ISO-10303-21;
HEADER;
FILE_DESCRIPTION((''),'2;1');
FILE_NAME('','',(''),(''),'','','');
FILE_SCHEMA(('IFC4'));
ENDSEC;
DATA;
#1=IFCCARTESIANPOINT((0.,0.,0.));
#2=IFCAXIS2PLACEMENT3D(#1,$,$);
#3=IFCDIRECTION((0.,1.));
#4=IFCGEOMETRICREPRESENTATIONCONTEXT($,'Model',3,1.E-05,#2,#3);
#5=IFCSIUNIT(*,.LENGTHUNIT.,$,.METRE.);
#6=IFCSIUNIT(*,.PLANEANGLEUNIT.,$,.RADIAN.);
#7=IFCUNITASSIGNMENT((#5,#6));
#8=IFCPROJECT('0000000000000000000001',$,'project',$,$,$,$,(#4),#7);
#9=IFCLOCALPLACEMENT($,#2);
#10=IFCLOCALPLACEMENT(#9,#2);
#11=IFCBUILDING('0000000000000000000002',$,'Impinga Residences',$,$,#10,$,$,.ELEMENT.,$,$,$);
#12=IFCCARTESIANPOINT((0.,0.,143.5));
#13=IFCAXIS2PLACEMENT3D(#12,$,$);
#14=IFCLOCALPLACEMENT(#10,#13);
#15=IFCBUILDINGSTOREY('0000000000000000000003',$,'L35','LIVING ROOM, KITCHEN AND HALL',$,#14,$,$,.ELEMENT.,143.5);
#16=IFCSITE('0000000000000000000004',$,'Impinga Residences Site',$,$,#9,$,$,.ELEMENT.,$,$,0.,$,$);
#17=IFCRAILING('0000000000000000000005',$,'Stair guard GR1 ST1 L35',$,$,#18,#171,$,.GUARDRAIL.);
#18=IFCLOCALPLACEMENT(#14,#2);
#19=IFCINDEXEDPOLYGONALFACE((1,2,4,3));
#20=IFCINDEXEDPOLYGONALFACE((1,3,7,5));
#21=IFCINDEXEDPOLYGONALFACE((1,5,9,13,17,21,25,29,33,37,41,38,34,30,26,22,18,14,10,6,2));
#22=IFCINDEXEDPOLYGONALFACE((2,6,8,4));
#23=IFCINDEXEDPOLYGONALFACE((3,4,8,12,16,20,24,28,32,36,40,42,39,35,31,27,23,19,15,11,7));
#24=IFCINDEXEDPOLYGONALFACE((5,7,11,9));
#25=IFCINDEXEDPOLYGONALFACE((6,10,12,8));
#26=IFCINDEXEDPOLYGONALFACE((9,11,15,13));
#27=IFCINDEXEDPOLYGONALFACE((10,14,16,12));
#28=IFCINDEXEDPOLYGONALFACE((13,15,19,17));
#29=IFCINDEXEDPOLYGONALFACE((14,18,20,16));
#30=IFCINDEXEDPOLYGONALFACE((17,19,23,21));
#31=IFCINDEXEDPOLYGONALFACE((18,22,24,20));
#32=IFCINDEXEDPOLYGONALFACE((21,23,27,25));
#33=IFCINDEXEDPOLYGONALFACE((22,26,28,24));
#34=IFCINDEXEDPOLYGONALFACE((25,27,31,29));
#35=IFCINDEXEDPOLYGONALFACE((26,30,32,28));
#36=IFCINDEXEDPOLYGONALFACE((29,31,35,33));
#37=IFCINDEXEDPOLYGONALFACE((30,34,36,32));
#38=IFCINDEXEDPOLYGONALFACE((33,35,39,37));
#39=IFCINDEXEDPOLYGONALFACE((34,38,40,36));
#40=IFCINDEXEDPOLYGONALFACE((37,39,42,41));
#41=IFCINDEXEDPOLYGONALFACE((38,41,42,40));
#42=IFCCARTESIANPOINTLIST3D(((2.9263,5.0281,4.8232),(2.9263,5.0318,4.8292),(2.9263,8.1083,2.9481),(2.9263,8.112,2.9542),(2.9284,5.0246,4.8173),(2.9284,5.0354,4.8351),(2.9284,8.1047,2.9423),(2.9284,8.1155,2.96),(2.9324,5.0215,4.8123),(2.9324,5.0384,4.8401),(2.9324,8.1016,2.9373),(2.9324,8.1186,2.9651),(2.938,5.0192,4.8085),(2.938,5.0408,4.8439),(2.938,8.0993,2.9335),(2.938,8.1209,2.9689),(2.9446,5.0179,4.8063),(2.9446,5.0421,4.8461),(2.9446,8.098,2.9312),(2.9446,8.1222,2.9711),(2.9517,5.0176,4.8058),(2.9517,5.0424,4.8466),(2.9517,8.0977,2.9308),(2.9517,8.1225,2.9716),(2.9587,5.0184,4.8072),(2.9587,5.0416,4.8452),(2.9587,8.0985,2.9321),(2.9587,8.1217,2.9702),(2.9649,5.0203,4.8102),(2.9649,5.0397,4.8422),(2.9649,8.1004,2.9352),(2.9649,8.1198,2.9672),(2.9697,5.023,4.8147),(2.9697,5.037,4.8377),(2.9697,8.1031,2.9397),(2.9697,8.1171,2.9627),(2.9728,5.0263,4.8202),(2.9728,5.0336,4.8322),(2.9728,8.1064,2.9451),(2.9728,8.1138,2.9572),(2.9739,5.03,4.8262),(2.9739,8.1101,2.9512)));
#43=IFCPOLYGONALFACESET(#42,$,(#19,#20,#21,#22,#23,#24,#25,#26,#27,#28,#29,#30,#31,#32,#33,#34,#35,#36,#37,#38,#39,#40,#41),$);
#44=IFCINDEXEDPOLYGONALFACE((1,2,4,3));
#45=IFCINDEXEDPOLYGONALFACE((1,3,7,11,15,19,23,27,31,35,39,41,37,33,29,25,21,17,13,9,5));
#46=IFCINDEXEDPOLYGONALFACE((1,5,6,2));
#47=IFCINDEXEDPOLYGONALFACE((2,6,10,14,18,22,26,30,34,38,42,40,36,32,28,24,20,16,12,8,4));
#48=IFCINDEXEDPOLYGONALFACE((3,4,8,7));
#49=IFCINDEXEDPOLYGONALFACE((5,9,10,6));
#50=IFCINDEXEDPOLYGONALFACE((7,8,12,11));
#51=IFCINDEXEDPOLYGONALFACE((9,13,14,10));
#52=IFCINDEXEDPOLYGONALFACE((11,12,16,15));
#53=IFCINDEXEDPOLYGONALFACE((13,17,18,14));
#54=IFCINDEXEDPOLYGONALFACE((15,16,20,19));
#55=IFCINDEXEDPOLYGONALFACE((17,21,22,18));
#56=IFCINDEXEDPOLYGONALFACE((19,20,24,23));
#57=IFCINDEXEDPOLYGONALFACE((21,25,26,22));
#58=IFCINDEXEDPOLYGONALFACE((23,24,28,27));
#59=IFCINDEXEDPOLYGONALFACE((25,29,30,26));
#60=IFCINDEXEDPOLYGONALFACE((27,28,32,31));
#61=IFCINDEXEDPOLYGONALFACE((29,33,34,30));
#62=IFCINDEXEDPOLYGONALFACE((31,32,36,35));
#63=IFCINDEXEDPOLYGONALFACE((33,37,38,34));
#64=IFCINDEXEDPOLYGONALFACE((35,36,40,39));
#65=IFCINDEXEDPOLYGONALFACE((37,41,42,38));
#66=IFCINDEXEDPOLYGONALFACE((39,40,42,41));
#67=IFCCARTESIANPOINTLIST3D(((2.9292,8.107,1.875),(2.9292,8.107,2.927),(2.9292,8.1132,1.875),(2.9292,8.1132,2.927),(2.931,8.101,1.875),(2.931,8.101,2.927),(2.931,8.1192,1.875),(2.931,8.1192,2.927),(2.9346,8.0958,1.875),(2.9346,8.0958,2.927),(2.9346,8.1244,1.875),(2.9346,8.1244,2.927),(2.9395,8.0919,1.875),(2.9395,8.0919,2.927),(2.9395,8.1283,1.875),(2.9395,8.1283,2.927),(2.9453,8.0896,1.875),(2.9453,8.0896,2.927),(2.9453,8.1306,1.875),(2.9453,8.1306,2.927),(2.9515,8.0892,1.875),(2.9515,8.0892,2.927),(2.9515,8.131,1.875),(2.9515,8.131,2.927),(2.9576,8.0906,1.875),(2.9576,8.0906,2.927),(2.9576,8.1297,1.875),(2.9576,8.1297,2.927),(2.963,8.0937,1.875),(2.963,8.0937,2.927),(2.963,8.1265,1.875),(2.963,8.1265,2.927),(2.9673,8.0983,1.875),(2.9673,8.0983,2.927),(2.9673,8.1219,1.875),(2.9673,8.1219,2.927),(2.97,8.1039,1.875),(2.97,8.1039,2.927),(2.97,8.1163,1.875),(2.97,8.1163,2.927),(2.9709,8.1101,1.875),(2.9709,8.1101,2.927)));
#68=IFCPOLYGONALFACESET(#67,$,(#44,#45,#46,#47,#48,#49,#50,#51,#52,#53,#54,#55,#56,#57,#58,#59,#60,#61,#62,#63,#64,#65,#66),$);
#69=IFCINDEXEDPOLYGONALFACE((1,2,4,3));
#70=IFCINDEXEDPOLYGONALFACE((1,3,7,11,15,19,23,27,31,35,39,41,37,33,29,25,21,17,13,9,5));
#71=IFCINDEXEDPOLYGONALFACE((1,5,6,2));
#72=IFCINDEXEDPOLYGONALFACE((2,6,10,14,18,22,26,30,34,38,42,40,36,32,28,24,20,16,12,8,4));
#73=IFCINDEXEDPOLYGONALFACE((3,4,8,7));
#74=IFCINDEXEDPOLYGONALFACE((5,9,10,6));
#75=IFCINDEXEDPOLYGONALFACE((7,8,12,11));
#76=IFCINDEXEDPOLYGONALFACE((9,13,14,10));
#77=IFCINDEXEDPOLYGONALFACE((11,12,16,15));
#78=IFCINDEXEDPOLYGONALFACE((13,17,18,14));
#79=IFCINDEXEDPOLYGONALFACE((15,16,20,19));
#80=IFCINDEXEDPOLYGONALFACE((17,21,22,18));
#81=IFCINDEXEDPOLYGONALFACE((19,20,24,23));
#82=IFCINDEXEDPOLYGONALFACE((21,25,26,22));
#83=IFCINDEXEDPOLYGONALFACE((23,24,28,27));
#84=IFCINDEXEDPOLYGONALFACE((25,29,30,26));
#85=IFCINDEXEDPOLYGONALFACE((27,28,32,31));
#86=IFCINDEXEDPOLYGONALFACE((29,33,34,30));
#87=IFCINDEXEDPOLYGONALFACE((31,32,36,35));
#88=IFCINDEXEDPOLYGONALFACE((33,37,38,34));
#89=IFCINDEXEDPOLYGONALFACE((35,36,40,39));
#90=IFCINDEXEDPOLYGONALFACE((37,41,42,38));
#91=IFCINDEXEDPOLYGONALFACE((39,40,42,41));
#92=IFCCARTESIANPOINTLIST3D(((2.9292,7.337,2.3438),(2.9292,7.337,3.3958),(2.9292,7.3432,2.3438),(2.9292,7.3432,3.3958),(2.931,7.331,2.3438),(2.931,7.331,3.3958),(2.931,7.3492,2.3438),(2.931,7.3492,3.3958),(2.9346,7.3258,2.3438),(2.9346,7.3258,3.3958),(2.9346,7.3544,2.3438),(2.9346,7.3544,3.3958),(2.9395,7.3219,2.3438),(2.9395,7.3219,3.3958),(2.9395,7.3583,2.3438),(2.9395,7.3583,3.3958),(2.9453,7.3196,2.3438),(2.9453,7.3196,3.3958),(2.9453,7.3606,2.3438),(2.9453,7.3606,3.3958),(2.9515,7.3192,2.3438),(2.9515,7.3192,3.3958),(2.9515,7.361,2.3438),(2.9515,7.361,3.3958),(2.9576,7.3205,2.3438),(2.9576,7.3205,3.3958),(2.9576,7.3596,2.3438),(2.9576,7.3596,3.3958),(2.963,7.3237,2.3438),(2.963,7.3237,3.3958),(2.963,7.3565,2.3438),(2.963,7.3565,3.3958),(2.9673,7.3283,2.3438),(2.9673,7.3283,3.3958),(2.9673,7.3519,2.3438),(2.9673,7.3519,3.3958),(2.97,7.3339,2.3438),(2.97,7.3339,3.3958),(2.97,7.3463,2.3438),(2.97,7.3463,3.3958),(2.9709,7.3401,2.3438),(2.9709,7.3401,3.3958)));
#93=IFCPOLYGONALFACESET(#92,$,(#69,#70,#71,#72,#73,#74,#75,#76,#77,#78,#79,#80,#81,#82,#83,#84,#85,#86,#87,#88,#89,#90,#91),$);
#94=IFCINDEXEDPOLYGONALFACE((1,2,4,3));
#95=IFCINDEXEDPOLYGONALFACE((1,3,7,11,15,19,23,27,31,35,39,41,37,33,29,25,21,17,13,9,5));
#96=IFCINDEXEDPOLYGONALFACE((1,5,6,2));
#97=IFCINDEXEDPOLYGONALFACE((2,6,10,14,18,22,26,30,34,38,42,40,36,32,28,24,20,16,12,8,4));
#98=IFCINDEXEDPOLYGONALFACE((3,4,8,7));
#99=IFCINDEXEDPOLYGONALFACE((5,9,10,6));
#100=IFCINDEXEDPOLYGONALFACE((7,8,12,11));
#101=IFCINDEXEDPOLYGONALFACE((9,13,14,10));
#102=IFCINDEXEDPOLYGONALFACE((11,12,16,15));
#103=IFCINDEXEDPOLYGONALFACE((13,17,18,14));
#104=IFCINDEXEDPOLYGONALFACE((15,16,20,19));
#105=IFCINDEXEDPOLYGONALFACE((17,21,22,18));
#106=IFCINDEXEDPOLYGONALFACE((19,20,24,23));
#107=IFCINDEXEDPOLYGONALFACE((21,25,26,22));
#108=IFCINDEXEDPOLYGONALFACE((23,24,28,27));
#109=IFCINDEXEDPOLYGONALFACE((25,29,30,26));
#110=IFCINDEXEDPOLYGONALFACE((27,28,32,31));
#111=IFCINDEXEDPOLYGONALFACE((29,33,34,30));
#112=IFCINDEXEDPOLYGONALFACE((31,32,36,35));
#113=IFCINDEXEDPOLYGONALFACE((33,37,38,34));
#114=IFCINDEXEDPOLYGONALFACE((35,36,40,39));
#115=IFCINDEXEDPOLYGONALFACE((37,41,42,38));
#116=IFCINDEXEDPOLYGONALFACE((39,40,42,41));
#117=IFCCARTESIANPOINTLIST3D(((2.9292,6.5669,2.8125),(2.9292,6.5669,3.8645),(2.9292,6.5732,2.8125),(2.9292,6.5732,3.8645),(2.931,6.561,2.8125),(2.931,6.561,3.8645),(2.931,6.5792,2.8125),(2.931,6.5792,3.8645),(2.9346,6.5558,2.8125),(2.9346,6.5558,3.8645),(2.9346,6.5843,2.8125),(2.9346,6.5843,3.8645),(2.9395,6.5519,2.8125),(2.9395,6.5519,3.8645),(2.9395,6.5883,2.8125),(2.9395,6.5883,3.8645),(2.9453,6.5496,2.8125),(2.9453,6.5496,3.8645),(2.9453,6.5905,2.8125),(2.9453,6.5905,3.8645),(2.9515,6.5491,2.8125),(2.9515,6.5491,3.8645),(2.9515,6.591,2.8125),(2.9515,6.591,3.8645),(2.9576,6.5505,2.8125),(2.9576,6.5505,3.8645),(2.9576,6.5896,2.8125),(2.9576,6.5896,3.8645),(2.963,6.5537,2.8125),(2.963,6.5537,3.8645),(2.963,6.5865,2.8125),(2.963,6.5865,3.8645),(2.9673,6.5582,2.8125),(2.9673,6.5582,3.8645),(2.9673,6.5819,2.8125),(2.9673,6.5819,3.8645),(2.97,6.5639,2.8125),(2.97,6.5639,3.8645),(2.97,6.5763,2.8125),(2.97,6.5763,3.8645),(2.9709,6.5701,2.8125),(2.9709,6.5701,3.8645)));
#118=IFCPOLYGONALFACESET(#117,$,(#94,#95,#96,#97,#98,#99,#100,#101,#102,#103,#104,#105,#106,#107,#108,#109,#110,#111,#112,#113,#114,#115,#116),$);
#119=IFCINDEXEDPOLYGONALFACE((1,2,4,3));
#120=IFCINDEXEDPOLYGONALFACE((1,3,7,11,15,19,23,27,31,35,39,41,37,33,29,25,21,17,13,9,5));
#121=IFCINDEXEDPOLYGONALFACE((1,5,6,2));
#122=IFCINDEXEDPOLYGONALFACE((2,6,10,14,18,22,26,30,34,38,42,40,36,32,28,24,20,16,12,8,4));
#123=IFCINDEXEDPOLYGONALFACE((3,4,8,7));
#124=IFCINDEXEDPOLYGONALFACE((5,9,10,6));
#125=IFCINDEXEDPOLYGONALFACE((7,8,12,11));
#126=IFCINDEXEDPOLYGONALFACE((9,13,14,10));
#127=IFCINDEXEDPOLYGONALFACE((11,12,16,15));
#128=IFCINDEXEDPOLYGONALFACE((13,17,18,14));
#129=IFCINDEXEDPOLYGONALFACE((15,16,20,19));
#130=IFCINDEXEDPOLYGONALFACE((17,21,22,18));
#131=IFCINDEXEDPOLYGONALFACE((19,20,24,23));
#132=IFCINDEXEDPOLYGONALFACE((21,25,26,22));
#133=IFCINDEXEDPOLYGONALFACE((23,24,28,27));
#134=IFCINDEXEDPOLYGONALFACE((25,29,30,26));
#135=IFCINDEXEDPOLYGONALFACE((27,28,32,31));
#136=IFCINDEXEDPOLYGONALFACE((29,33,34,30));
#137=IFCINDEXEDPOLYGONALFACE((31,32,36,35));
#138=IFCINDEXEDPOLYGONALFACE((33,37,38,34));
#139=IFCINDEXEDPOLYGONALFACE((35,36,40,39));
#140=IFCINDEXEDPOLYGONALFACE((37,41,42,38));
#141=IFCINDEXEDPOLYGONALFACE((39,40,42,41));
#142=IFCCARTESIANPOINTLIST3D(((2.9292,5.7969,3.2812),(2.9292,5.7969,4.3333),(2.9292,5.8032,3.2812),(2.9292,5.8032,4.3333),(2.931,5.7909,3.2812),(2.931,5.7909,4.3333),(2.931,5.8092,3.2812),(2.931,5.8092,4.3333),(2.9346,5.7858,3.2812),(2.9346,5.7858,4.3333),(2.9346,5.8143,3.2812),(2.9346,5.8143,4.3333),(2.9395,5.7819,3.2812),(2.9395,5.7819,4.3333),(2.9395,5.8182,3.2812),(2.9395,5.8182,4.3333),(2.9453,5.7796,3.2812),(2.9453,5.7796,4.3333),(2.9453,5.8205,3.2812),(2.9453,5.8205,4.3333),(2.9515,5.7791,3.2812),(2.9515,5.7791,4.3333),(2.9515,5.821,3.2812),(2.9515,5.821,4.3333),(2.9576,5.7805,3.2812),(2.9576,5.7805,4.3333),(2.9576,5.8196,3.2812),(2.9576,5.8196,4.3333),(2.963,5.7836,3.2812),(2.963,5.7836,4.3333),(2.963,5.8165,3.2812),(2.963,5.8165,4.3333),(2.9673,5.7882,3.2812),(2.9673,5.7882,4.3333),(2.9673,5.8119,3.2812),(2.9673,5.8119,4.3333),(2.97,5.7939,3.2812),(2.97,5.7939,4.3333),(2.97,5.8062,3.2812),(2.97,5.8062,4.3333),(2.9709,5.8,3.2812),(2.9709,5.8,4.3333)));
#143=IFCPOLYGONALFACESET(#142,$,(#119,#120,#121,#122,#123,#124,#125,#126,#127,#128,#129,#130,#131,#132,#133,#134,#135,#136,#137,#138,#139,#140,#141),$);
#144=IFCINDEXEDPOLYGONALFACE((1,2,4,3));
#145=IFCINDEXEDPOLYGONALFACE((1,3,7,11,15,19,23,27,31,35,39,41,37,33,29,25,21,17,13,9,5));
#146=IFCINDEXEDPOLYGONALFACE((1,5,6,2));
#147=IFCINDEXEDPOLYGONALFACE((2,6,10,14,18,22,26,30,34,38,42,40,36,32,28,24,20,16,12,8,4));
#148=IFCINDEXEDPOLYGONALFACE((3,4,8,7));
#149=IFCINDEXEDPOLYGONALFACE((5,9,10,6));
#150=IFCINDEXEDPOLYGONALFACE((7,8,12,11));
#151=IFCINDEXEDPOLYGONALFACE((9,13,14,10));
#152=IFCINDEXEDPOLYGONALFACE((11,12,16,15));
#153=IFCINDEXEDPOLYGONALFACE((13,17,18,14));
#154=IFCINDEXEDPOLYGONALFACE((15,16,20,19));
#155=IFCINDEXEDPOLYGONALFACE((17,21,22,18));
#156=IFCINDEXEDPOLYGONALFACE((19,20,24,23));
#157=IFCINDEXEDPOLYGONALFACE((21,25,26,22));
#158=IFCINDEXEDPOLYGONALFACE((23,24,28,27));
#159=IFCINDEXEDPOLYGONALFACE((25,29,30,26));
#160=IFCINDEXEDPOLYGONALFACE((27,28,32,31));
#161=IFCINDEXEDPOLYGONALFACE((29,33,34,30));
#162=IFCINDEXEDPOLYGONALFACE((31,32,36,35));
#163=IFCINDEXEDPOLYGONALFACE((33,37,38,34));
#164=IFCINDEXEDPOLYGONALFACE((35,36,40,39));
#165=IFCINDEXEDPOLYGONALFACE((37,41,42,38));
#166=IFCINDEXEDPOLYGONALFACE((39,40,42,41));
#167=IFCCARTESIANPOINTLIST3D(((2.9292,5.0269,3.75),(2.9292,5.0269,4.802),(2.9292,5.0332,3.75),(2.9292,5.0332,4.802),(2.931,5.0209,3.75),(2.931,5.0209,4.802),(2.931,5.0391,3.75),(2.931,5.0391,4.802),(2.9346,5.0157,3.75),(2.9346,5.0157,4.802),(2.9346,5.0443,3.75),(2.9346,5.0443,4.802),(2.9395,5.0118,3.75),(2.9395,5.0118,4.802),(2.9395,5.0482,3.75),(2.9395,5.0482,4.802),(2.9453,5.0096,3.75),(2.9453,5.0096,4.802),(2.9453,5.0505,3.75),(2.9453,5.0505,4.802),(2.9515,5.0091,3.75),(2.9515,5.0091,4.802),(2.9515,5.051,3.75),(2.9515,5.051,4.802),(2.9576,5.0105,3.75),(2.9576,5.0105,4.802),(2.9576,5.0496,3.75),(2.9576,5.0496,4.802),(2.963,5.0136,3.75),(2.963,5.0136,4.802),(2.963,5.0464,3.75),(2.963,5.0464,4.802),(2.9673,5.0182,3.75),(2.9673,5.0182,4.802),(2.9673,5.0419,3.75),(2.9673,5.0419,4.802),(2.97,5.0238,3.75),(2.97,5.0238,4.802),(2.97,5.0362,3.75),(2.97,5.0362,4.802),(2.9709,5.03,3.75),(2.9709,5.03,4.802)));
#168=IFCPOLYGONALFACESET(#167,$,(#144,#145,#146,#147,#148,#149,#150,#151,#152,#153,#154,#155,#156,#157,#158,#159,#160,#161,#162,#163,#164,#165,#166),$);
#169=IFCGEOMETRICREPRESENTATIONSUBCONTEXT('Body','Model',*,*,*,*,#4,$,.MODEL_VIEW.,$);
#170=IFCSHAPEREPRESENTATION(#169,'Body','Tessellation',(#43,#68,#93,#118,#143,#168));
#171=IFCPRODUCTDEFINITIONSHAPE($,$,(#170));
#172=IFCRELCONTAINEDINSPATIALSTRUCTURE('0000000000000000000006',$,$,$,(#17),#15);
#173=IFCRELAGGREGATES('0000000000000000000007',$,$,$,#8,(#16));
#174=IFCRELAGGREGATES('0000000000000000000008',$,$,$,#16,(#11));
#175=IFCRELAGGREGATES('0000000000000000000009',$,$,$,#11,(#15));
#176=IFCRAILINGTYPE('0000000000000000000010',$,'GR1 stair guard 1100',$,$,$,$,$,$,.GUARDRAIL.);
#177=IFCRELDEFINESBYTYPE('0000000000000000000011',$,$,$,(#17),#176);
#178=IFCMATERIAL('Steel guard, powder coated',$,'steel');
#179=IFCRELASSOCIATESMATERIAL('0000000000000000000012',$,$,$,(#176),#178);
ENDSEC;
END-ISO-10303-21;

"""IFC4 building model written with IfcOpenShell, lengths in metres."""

from ifc_helpers import new_model, si_unit, direction, frame, origin, origin_2d, place, context, subcontext, project, spatial, circle, extrude, material, type_object, element, save


model = new_model("IFC4")

# Units and contexts
model_context = context("Model", 3, precision=1e-05, world=origin(), true_north=direction((0.0, 1.0)))
body_context = subcontext(model_context, "Body", "Model", "MODEL_VIEW")
ifc_project = project(units=[si_unit("LENGTHUNIT", "METRE"), si_unit("PLANEANGLEUNIT", "RADIAN")], contexts=[model_context])

# Site, building, storey
site_placement = place(None, origin())
site = spatial("IfcSite", under=ifc_project, at=site_placement, Name="Impinga Residences Site", CompositionType="ELEMENT", RefElevation=0.0)
building_placement = place(site_placement, origin())
building = spatial("IfcBuilding", under=site, at=building_placement, Name="Impinga Residences", CompositionType="ELEMENT")
storey_placement = place(building_placement, frame((0.0, 0.0, 143.5)))
storey = spatial("IfcBuildingStorey", under=building, at=storey_placement, Name="L35", Description="LIVING ROOM, KITCHEN AND HALL", CompositionType="ELEMENT", Elevation=143.5)

# Railing
ifc_material_1 = material(Name="Steel guard, powder coated", Category="steel")
railing_type_1 = type_object("IfcRailingType", Name="GR1 stair guard 1100", PredefinedType="GUARDRAIL", material=ifc_material_1)
railing_1_placement = place(storey_placement, frame((2.95, 8.1101, 1.875)))
element("IfcRailing", 1, at=railing_1_placement, inside=storey, type_object=railing_type_1, Name="Stair guard GR1 ST1 L35", PredefinedType="GUARDRAIL", context=body_context, shape_type="SweptSolid", body=[
    extrude(circle(Radius=0.0239, at=origin_2d()), frame((0.0, 0.0, 1.0762), z_axis=(0.0, -0.854178, 0.519981), x_axis=(1.0, 0.0, 0.0)), (0.0, 0.0, 1.0), 3.606),
    extrude(circle(Radius=0.021, at=origin_2d()), origin(), (0.0, 0.0, 1.0), 1.052),
    extrude(circle(Radius=0.021, at=origin_2d()), frame((0.0, -0.77, 0.4688)), (0.0, 0.0, 1.0), 1.052),
    extrude(circle(Radius=0.021, at=origin_2d()), frame((0.0, -1.54, 0.9375)), (0.0, 0.0, 1.0), 1.052),
    extrude(circle(Radius=0.021, at=origin_2d()), frame((0.0, -2.3101, 1.4062)), (0.0, 0.0, 1.0), 1.052),
    extrude(circle(Radius=0.021, at=origin_2d()), frame((0.0, -3.0801, 1.875)), (0.0, 0.0, 1.0), 1.052),
])

save(model, "model.ifc")
